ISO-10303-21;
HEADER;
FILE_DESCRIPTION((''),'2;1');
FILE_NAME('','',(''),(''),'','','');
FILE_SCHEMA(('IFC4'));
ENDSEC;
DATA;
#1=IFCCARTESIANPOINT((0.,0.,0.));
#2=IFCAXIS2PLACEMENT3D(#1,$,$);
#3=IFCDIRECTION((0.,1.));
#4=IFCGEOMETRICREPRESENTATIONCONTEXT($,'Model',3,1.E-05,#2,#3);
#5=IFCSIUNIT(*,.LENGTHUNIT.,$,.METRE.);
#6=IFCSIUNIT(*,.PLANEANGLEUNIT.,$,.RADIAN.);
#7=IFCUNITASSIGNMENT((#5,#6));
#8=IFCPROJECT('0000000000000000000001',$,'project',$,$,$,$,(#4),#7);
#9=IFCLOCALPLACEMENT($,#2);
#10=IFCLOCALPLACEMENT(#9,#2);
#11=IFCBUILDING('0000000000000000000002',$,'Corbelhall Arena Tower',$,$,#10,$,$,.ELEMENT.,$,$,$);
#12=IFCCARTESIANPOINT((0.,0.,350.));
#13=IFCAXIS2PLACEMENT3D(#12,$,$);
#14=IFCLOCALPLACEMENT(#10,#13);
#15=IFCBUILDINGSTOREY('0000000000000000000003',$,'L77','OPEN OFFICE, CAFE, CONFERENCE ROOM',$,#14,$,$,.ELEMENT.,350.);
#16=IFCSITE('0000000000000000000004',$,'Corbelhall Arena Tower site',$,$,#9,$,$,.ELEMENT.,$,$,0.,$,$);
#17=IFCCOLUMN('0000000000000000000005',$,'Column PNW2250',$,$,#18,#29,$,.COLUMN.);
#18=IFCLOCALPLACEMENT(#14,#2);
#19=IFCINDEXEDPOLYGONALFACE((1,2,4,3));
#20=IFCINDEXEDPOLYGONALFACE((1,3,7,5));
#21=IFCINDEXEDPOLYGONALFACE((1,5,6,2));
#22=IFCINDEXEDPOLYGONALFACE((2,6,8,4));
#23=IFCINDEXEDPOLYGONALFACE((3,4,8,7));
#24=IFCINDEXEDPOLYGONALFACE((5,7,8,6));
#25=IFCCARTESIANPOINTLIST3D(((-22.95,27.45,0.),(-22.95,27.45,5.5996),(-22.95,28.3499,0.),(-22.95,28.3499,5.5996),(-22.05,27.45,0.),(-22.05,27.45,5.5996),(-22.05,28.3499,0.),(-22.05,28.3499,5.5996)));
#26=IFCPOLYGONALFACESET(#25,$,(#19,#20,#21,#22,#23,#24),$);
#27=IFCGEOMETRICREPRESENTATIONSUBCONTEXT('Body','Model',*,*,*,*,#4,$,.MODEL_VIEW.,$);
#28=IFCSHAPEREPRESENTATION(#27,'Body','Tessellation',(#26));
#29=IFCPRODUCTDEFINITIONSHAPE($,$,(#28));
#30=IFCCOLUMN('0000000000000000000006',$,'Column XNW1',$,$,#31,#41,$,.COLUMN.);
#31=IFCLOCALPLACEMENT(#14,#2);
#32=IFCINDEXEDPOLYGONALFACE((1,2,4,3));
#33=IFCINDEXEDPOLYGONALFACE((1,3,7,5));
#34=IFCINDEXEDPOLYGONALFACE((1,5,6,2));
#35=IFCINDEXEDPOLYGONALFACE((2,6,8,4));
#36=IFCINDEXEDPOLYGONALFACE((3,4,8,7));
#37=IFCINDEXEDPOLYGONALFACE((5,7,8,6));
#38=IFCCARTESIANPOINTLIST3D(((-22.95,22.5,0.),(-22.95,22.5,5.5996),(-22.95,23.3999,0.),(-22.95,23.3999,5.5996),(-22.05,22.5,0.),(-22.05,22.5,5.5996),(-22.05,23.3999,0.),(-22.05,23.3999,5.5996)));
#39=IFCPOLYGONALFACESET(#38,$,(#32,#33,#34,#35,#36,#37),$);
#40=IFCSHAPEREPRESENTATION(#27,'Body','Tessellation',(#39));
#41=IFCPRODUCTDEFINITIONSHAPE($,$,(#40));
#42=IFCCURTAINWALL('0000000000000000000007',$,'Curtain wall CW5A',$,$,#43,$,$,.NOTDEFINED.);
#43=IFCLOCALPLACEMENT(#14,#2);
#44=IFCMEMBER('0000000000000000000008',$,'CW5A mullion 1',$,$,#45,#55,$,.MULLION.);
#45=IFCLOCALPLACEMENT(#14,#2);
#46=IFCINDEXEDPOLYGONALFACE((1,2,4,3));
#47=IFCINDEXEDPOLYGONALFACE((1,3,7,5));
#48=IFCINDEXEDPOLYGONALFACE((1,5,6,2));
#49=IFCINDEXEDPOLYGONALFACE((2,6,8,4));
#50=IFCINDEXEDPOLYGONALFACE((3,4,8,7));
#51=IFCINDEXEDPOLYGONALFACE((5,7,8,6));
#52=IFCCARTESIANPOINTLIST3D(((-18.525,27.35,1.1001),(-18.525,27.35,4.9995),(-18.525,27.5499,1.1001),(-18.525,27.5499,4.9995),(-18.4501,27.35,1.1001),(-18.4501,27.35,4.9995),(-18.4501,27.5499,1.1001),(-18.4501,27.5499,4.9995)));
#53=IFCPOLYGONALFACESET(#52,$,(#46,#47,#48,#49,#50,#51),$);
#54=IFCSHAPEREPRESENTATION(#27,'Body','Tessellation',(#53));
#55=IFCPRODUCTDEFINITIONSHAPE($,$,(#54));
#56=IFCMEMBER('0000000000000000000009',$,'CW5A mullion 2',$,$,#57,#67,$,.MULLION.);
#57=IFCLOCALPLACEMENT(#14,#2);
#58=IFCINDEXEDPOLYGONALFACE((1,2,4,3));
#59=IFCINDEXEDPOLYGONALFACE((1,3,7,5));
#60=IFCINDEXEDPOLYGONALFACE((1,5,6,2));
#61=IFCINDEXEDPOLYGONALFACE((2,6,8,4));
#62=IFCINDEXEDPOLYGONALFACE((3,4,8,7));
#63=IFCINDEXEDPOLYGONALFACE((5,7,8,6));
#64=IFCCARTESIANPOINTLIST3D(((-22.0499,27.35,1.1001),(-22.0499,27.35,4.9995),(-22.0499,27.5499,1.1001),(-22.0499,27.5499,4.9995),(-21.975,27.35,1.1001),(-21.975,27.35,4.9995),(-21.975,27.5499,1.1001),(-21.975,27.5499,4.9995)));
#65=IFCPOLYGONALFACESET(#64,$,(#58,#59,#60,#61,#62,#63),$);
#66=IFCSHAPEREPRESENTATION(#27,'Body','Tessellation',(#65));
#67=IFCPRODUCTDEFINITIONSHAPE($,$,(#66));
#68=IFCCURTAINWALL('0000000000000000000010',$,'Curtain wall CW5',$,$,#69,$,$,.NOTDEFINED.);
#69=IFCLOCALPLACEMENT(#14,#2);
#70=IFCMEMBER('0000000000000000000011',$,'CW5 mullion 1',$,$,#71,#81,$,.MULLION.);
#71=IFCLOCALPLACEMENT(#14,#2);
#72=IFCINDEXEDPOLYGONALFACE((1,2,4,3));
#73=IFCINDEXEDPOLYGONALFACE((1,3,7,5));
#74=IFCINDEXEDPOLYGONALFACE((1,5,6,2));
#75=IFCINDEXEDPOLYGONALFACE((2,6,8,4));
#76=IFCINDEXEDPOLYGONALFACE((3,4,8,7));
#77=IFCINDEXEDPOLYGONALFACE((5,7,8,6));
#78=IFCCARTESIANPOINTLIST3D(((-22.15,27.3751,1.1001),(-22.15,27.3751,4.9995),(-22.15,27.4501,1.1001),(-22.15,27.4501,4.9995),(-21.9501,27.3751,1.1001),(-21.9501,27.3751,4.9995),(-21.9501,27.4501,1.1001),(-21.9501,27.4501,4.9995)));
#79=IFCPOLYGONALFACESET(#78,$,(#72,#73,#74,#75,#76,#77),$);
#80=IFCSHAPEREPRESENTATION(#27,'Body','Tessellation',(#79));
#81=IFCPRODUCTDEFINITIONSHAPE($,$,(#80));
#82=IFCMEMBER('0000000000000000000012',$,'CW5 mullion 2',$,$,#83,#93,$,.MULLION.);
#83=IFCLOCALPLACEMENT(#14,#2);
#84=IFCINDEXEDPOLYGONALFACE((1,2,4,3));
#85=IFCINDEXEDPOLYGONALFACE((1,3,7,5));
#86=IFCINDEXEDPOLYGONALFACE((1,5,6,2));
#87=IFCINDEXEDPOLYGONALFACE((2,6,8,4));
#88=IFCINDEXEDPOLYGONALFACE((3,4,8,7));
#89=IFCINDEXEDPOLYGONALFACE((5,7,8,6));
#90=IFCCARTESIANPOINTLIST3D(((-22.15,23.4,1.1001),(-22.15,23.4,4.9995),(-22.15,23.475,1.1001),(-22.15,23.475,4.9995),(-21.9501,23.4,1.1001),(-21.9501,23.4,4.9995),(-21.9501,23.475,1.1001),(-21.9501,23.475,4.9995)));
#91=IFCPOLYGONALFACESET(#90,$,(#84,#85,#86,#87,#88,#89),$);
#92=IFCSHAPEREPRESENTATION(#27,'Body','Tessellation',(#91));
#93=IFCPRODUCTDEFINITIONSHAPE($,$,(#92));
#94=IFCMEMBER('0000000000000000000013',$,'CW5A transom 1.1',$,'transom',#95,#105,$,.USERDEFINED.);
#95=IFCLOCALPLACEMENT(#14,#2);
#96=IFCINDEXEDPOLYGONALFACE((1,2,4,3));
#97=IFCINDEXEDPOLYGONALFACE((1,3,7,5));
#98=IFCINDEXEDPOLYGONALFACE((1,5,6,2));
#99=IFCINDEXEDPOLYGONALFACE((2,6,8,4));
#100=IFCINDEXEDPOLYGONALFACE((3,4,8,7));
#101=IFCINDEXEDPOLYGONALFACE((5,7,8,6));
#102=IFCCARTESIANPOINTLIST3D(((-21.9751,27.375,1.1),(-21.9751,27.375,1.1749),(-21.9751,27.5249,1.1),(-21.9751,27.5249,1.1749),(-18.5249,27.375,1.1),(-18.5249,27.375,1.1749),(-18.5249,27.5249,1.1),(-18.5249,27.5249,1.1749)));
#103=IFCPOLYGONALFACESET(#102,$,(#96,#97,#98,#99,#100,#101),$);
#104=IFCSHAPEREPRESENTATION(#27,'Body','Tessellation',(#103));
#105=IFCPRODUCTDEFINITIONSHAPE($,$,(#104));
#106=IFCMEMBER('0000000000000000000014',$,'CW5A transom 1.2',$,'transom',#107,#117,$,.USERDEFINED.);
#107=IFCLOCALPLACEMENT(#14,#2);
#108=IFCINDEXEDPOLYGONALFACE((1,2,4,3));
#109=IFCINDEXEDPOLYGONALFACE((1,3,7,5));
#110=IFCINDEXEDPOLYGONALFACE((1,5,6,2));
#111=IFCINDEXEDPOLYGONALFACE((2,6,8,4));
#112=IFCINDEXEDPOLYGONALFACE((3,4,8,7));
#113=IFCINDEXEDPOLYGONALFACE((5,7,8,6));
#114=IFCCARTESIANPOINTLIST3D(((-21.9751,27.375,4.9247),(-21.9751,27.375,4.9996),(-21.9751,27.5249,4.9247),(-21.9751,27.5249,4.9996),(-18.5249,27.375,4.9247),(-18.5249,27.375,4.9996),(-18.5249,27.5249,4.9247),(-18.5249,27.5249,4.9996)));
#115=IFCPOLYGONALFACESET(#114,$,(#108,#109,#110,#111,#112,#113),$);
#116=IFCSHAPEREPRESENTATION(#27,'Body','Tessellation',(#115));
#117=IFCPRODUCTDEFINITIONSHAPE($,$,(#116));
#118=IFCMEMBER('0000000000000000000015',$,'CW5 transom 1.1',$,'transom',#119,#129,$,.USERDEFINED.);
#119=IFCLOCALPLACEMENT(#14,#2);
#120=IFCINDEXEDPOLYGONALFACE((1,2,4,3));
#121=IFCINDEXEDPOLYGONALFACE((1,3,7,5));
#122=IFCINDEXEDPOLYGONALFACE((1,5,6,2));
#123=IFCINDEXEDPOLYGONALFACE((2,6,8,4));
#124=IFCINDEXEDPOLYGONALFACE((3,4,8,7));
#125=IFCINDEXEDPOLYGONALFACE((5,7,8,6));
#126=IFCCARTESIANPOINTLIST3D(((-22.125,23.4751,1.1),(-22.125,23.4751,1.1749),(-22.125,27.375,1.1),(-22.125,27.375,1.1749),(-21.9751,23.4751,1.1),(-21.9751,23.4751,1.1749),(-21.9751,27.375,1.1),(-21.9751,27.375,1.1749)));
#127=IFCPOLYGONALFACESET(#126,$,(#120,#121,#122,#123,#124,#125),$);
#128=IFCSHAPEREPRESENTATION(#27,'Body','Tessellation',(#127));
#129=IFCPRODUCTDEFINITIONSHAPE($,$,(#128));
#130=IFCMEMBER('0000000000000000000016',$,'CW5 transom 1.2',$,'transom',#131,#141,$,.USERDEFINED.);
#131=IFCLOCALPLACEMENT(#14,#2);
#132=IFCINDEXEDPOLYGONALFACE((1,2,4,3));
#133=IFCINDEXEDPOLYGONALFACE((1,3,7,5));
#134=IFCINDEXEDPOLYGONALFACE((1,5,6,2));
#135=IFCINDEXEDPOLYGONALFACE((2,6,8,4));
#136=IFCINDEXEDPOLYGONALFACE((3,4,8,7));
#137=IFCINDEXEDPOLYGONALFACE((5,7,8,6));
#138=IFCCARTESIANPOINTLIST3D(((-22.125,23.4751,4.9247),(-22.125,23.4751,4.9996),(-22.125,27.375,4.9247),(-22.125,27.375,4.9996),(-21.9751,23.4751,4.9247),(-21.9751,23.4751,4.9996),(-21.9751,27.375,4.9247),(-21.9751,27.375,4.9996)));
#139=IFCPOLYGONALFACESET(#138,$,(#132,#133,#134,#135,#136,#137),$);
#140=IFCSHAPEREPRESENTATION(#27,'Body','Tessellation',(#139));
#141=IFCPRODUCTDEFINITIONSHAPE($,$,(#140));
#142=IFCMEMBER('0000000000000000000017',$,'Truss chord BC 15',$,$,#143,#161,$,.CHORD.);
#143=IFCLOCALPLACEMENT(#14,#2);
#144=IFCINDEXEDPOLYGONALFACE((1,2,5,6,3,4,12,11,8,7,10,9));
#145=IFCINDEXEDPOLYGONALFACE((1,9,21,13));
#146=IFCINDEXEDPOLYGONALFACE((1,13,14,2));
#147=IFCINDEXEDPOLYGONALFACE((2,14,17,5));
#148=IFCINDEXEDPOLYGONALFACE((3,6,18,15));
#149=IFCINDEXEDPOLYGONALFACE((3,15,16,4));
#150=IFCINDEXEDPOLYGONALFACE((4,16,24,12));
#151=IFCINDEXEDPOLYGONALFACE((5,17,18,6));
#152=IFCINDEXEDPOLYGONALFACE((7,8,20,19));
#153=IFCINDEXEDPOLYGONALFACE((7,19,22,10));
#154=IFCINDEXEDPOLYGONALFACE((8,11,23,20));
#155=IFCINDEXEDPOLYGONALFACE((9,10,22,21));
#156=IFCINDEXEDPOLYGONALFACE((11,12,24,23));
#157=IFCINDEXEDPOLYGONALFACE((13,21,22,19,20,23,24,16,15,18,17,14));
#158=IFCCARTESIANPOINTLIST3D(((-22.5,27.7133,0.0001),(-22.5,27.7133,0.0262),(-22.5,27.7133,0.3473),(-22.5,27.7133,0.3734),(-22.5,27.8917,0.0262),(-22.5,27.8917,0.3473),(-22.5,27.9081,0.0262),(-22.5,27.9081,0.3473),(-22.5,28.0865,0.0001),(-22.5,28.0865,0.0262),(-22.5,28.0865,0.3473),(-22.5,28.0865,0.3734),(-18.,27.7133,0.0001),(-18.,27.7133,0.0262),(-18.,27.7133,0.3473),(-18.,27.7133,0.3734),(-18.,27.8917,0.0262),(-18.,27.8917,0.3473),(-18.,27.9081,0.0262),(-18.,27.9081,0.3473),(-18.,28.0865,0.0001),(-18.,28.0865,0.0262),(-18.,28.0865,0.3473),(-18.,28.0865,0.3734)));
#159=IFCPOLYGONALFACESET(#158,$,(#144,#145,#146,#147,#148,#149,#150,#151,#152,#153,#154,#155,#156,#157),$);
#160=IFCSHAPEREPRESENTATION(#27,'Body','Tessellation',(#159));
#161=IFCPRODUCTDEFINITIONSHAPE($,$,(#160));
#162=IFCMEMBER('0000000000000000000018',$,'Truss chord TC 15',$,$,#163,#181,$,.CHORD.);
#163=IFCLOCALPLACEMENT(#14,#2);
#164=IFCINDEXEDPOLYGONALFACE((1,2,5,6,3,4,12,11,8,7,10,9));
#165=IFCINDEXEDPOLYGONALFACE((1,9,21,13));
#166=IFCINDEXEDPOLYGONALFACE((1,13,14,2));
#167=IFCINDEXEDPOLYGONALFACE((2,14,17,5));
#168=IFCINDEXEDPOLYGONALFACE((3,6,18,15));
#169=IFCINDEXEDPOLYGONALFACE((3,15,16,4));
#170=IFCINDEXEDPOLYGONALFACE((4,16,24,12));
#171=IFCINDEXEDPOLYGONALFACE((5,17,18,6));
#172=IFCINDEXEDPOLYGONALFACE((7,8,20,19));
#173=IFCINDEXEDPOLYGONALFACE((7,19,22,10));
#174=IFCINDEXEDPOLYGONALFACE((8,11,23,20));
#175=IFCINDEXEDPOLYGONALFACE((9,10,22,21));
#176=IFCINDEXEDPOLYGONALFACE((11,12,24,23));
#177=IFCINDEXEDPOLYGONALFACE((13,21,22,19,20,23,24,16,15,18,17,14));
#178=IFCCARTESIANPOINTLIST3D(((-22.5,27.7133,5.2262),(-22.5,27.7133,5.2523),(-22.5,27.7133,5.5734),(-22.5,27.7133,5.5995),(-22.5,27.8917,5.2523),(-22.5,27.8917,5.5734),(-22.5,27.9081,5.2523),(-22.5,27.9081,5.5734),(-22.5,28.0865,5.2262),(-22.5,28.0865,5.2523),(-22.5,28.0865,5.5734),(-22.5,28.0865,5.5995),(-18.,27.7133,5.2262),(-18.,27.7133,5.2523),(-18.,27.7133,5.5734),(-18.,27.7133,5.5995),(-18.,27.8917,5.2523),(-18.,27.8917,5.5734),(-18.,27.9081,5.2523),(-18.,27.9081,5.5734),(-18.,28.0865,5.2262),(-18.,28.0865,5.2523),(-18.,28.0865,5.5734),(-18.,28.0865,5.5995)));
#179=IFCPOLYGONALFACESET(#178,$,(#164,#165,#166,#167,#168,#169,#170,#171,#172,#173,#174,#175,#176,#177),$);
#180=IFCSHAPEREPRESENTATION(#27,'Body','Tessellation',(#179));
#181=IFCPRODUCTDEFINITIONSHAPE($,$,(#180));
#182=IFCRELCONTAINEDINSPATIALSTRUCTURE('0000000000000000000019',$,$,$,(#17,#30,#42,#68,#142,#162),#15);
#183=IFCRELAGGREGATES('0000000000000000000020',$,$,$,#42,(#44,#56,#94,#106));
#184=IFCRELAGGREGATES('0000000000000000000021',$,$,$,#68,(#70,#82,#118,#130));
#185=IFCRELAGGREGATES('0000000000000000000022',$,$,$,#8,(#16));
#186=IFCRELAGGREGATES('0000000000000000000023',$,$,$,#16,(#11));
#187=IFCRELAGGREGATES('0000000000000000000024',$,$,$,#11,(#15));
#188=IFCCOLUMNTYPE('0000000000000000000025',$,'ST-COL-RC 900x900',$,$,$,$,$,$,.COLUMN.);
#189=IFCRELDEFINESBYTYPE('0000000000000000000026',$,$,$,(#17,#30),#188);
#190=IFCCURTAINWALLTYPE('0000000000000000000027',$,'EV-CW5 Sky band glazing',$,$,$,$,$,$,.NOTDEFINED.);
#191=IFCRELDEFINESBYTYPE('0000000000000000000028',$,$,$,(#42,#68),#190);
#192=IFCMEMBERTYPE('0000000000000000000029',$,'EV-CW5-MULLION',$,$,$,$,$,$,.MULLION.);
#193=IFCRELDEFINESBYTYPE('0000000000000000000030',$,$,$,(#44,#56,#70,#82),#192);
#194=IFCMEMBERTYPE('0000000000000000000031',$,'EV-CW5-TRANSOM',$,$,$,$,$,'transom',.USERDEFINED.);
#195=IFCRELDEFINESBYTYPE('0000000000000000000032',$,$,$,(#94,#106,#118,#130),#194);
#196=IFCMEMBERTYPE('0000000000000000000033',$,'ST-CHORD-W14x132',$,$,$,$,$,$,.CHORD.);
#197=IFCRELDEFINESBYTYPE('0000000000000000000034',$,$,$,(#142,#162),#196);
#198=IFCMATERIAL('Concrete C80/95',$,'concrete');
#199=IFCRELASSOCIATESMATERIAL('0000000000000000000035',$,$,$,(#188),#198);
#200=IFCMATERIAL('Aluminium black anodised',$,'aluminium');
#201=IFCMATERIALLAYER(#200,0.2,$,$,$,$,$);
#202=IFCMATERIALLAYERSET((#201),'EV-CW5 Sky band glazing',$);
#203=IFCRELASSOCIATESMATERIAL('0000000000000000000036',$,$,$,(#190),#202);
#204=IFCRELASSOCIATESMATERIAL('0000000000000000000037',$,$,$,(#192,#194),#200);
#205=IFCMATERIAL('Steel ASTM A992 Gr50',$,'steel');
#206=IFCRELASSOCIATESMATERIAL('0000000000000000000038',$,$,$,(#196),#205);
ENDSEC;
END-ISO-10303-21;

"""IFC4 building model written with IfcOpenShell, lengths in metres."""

from ifc_helpers import new_model, si_unit, direction, frame, origin, origin_2d, place, context, subcontext, project, spatial, rectangle, i_section, extrude, material, layer, layer_set, material_profile, profile_set, type_object, element, aggregate, save


model = new_model("IFC4")

# Units and contexts
model_context = context("Model", 3, precision=1e-05, world=origin(), true_north=direction((0.0, 1.0)))
body_context = subcontext(model_context, "Body", "Model", "MODEL_VIEW")
ifc_project = project(units=[si_unit("LENGTHUNIT", "METRE"), si_unit("PLANEANGLEUNIT", "RADIAN")], contexts=[model_context])

# Site, building, storey
site_placement = place(None, origin())
site = spatial("IfcSite", under=ifc_project, at=site_placement, Name="Corbelhall Arena Tower site", CompositionType="ELEMENT", RefElevation=0.0)
building_placement = place(site_placement, origin())
building = spatial("IfcBuilding", under=site, at=building_placement, Name="Corbelhall Arena Tower", CompositionType="ELEMENT")
storey_placement = place(building_placement, frame((0.0, 0.0, 350.0)))
storey = spatial("IfcBuildingStorey", under=building, at=storey_placement, Name="L77", Description="OPEN OFFICE, CAFE, CONFERENCE ROOM", CompositionType="ELEMENT", Elevation=350.0)

# Columns
ifc_material_1 = material(Name="Concrete C80/95", Category="concrete")
ifc_material_profile_1 = material_profile(ifc_material_1, rectangle(XDim=0.8999, YDim=0.8999, at=origin_2d()))
ifc_profile_set_1 = profile_set([ifc_material_profile_1], Name="Concrete C80/95")
column_type = type_object("IfcColumnType", Name="ST-COL-RC 900x900", PredefinedType="COLUMN", material=ifc_profile_set_1)
for number, where, z_axis, x_axis, name in (
    (1, (-22.5, 27.8999, 0.0), (0.0, 0.0, 1.0), (1.0, 0.0, 0.0), "Column PNW2250"),
    (2, (-22.5, 22.95, 0.0), (0.0, 0.0, 1.0), (1.0, 0.0, 0.0), "Column XNW1"),
):
    element("IfcColumn", number, at=place(storey_placement, frame(where, z_axis=z_axis, x_axis=x_axis)), inside=storey, type_object=column_type, Name=name, PredefinedType="COLUMN", context=body_context, shape_type="SweptSolid", body=[
        extrude(rectangle(XDim=0.8999, YDim=0.8999, at=origin_2d()), origin(), (0.0, 0.0, 1.0), 5.5996),
    ])

# Curtain walls, members
ifc_material_2 = material(Name="Aluminium black anodised", Category="aluminium")
ifc_layer_1 = layer(ifc_material_2, 0.2)
ifc_layer_set_1 = layer_set([ifc_layer_1], Name="EV-CW5 Sky band glazing")
curtain_wall_type = type_object("IfcCurtainWallType", Name="EV-CW5 Sky band glazing", PredefinedType="NOTDEFINED", material=ifc_layer_set_1)
curtain_wall_1_placement = place(storey_placement, origin())
curtain_wall_1 = element("IfcCurtainWall", 3, at=curtain_wall_1_placement, inside=storey, type_object=curtain_wall_type, Name="Curtain wall CW5A", PredefinedType="NOTDEFINED")
ifc_material_profile_2 = material_profile(ifc_material_2, rectangle(XDim=0.2, YDim=0.075, at=origin_2d()))
ifc_profile_set_2 = profile_set([ifc_material_profile_2], Name="Aluminium black anodised")
member_type_1 = type_object("IfcMemberType", Name="EV-CW5-MULLION", PredefinedType="MULLION", material=ifc_profile_set_2)
member_1_placement = place(storey_placement, frame((-18.4875, 27.45, 1.1001), z_axis=(0.0, 0.0, 1.0), x_axis=(0.0, -1.0, 0.0)))
member_1 = element("IfcMember", 4, at=member_1_placement, type_object=member_type_1, Name="CW5A mullion 1", PredefinedType="MULLION", context=body_context, shape_type="SweptSolid", body=[
    extrude(rectangle(XDim=0.2, YDim=0.075, at=origin_2d()), origin(), (0.0, 0.0, 1.0), 3.8994),
])
member_2_placement = place(storey_placement, frame((-22.0125, 27.45, 1.1001), z_axis=(0.0, 0.0, 1.0), x_axis=(0.0, -1.0, 0.0)))
member_2 = element("IfcMember", 5, at=member_2_placement, type_object=member_type_1, Name="CW5A mullion 2", PredefinedType="MULLION", context=body_context, shape_type="SweptSolid", body=[
    extrude(rectangle(XDim=0.2, YDim=0.075, at=origin_2d()), origin(), (0.0, 0.0, 1.0), 3.8994),
])
curtain_wall_2_placement = place(storey_placement, origin())
curtain_wall_2 = element("IfcCurtainWall", 6, at=curtain_wall_2_placement, inside=storey, type_object=curtain_wall_type, Name="Curtain wall CW5", PredefinedType="NOTDEFINED")
member_3_placement = place(storey_placement, frame((-22.05, 27.4126, 1.1001), z_axis=(0.0, 0.0, 1.0), x_axis=(1.0, 0.0, 0.0)))
member_3 = element("IfcMember", 7, at=member_3_placement, type_object=member_type_1, Name="CW5 mullion 1", PredefinedType="MULLION", context=body_context, shape_type="SweptSolid", body=[
    extrude(rectangle(XDim=0.2, YDim=0.075, at=origin_2d()), origin(), (0.0, 0.0, 1.0), 3.8994),
])
member_4_placement = place(storey_placement, frame((-22.05, 23.4375, 1.1001), z_axis=(0.0, 0.0, 1.0), x_axis=(1.0, 0.0, 0.0)))
member_4 = element("IfcMember", 8, at=member_4_placement, type_object=member_type_1, Name="CW5 mullion 2", PredefinedType="MULLION", context=body_context, shape_type="SweptSolid", body=[
    extrude(rectangle(XDim=0.2, YDim=0.075, at=origin_2d()), origin(), (0.0, 0.0, 1.0), 3.8994),
])

# Members
ifc_material_profile_3 = material_profile(ifc_material_2, rectangle(XDim=0.1499, YDim=0.075, at=origin_2d()))
ifc_profile_set_3 = profile_set([ifc_material_profile_3], Name="Aluminium black anodised")
member_type_2 = type_object("IfcMemberType", Name="EV-CW5-TRANSOM", ElementType="transom", PredefinedType="USERDEFINED", material=ifc_profile_set_3)
member_5_placement = place(storey_placement, frame((-18.5249, 27.45, 1.1375), z_axis=(-1.0, 0.0, 0.0), x_axis=(0.0, -1.0, 0.0)))
member_5 = element("IfcMember", 9, at=member_5_placement, type_object=member_type_2, Name="CW5A transom 1.1", ObjectType="transom", PredefinedType="USERDEFINED", context=body_context, shape_type="SweptSolid", body=[
    extrude(rectangle(XDim=0.1499, YDim=0.075, at=origin_2d()), origin(), (0.0, 0.0, 1.0), 3.4502),
])
member_6_placement = place(storey_placement, frame((-18.5249, 27.45, 4.9622), z_axis=(-1.0, 0.0, 0.0), x_axis=(0.0, -1.0, 0.0)))
member_6 = element("IfcMember", 10, at=member_6_placement, type_object=member_type_2, Name="CW5A transom 1.2", ObjectType="transom", PredefinedType="USERDEFINED", context=body_context, shape_type="SweptSolid", body=[
    extrude(rectangle(XDim=0.1499, YDim=0.075, at=origin_2d()), origin(), (0.0, 0.0, 1.0), 3.4502),
])
member_7_placement = place(storey_placement, frame((-22.05, 27.375, 1.1375), z_axis=(0.0, -1.0, 0.0), x_axis=(1.0, 0.0, 0.0)))
member_7 = element("IfcMember", 11, at=member_7_placement, type_object=member_type_2, Name="CW5 transom 1.1", ObjectType="transom", PredefinedType="USERDEFINED", context=body_context, shape_type="SweptSolid", body=[
    extrude(rectangle(XDim=0.1499, YDim=0.075, at=origin_2d()), origin(), (0.0, 0.0, 1.0), 3.8999),
])
member_8_placement = place(storey_placement, frame((-22.05, 27.375, 4.9622), z_axis=(0.0, -1.0, 0.0), x_axis=(1.0, 0.0, 0.0)))
member_8 = element("IfcMember", 12, at=member_8_placement, type_object=member_type_2, Name="CW5 transom 1.2", ObjectType="transom", PredefinedType="USERDEFINED", context=body_context, shape_type="SweptSolid", body=[
    extrude(rectangle(XDim=0.1499, YDim=0.075, at=origin_2d()), origin(), (0.0, 0.0, 1.0), 3.8999),
])

# Members
ifc_material_3 = material(Name="Steel ASTM A992 Gr50", Category="steel")
ifc_material_profile_4 = material_profile(ifc_material_3, i_section(OverallWidth=0.3733, OverallDepth=0.3733, WebThickness=0.0164, FlangeThickness=0.0261, at=origin_2d()))
ifc_profile_set_4 = profile_set([ifc_material_profile_4], Name="Steel ASTM A992 Gr50")
member_type_3 = type_object("IfcMemberType", Name="ST-CHORD-W14x132", PredefinedType="CHORD", material=ifc_profile_set_4)
for number, where, z_axis, x_axis, name in (
    (13, (-22.5, 27.8999, 0.1868), (1.0, 0.0, 0.0), (0.0, 1.0, 0.0), "Truss chord BC 15"),
    (14, (-22.5, 27.8999, 5.4128), (1.0, 0.0, 0.0), (0.0, 1.0, 0.0), "Truss chord TC 15"),
):
    element("IfcMember", number, at=place(storey_placement, frame(where, z_axis=z_axis, x_axis=x_axis)), inside=storey, type_object=member_type_3, Name=name, PredefinedType="CHORD", context=body_context, shape_type="SweptSolid", body=[
        extrude(i_section(OverallWidth=0.3733, OverallDepth=0.3733, WebThickness=0.0164, FlangeThickness=0.0261, at=origin_2d()), origin(), (0.0, 0.0, 1.0), 4.5),
    ])

aggregate(curtain_wall_1, [member_1, member_2, member_5, member_6])
aggregate(curtain_wall_2, [member_3, member_4, member_7, member_8])

save(model, "model.ifc")
